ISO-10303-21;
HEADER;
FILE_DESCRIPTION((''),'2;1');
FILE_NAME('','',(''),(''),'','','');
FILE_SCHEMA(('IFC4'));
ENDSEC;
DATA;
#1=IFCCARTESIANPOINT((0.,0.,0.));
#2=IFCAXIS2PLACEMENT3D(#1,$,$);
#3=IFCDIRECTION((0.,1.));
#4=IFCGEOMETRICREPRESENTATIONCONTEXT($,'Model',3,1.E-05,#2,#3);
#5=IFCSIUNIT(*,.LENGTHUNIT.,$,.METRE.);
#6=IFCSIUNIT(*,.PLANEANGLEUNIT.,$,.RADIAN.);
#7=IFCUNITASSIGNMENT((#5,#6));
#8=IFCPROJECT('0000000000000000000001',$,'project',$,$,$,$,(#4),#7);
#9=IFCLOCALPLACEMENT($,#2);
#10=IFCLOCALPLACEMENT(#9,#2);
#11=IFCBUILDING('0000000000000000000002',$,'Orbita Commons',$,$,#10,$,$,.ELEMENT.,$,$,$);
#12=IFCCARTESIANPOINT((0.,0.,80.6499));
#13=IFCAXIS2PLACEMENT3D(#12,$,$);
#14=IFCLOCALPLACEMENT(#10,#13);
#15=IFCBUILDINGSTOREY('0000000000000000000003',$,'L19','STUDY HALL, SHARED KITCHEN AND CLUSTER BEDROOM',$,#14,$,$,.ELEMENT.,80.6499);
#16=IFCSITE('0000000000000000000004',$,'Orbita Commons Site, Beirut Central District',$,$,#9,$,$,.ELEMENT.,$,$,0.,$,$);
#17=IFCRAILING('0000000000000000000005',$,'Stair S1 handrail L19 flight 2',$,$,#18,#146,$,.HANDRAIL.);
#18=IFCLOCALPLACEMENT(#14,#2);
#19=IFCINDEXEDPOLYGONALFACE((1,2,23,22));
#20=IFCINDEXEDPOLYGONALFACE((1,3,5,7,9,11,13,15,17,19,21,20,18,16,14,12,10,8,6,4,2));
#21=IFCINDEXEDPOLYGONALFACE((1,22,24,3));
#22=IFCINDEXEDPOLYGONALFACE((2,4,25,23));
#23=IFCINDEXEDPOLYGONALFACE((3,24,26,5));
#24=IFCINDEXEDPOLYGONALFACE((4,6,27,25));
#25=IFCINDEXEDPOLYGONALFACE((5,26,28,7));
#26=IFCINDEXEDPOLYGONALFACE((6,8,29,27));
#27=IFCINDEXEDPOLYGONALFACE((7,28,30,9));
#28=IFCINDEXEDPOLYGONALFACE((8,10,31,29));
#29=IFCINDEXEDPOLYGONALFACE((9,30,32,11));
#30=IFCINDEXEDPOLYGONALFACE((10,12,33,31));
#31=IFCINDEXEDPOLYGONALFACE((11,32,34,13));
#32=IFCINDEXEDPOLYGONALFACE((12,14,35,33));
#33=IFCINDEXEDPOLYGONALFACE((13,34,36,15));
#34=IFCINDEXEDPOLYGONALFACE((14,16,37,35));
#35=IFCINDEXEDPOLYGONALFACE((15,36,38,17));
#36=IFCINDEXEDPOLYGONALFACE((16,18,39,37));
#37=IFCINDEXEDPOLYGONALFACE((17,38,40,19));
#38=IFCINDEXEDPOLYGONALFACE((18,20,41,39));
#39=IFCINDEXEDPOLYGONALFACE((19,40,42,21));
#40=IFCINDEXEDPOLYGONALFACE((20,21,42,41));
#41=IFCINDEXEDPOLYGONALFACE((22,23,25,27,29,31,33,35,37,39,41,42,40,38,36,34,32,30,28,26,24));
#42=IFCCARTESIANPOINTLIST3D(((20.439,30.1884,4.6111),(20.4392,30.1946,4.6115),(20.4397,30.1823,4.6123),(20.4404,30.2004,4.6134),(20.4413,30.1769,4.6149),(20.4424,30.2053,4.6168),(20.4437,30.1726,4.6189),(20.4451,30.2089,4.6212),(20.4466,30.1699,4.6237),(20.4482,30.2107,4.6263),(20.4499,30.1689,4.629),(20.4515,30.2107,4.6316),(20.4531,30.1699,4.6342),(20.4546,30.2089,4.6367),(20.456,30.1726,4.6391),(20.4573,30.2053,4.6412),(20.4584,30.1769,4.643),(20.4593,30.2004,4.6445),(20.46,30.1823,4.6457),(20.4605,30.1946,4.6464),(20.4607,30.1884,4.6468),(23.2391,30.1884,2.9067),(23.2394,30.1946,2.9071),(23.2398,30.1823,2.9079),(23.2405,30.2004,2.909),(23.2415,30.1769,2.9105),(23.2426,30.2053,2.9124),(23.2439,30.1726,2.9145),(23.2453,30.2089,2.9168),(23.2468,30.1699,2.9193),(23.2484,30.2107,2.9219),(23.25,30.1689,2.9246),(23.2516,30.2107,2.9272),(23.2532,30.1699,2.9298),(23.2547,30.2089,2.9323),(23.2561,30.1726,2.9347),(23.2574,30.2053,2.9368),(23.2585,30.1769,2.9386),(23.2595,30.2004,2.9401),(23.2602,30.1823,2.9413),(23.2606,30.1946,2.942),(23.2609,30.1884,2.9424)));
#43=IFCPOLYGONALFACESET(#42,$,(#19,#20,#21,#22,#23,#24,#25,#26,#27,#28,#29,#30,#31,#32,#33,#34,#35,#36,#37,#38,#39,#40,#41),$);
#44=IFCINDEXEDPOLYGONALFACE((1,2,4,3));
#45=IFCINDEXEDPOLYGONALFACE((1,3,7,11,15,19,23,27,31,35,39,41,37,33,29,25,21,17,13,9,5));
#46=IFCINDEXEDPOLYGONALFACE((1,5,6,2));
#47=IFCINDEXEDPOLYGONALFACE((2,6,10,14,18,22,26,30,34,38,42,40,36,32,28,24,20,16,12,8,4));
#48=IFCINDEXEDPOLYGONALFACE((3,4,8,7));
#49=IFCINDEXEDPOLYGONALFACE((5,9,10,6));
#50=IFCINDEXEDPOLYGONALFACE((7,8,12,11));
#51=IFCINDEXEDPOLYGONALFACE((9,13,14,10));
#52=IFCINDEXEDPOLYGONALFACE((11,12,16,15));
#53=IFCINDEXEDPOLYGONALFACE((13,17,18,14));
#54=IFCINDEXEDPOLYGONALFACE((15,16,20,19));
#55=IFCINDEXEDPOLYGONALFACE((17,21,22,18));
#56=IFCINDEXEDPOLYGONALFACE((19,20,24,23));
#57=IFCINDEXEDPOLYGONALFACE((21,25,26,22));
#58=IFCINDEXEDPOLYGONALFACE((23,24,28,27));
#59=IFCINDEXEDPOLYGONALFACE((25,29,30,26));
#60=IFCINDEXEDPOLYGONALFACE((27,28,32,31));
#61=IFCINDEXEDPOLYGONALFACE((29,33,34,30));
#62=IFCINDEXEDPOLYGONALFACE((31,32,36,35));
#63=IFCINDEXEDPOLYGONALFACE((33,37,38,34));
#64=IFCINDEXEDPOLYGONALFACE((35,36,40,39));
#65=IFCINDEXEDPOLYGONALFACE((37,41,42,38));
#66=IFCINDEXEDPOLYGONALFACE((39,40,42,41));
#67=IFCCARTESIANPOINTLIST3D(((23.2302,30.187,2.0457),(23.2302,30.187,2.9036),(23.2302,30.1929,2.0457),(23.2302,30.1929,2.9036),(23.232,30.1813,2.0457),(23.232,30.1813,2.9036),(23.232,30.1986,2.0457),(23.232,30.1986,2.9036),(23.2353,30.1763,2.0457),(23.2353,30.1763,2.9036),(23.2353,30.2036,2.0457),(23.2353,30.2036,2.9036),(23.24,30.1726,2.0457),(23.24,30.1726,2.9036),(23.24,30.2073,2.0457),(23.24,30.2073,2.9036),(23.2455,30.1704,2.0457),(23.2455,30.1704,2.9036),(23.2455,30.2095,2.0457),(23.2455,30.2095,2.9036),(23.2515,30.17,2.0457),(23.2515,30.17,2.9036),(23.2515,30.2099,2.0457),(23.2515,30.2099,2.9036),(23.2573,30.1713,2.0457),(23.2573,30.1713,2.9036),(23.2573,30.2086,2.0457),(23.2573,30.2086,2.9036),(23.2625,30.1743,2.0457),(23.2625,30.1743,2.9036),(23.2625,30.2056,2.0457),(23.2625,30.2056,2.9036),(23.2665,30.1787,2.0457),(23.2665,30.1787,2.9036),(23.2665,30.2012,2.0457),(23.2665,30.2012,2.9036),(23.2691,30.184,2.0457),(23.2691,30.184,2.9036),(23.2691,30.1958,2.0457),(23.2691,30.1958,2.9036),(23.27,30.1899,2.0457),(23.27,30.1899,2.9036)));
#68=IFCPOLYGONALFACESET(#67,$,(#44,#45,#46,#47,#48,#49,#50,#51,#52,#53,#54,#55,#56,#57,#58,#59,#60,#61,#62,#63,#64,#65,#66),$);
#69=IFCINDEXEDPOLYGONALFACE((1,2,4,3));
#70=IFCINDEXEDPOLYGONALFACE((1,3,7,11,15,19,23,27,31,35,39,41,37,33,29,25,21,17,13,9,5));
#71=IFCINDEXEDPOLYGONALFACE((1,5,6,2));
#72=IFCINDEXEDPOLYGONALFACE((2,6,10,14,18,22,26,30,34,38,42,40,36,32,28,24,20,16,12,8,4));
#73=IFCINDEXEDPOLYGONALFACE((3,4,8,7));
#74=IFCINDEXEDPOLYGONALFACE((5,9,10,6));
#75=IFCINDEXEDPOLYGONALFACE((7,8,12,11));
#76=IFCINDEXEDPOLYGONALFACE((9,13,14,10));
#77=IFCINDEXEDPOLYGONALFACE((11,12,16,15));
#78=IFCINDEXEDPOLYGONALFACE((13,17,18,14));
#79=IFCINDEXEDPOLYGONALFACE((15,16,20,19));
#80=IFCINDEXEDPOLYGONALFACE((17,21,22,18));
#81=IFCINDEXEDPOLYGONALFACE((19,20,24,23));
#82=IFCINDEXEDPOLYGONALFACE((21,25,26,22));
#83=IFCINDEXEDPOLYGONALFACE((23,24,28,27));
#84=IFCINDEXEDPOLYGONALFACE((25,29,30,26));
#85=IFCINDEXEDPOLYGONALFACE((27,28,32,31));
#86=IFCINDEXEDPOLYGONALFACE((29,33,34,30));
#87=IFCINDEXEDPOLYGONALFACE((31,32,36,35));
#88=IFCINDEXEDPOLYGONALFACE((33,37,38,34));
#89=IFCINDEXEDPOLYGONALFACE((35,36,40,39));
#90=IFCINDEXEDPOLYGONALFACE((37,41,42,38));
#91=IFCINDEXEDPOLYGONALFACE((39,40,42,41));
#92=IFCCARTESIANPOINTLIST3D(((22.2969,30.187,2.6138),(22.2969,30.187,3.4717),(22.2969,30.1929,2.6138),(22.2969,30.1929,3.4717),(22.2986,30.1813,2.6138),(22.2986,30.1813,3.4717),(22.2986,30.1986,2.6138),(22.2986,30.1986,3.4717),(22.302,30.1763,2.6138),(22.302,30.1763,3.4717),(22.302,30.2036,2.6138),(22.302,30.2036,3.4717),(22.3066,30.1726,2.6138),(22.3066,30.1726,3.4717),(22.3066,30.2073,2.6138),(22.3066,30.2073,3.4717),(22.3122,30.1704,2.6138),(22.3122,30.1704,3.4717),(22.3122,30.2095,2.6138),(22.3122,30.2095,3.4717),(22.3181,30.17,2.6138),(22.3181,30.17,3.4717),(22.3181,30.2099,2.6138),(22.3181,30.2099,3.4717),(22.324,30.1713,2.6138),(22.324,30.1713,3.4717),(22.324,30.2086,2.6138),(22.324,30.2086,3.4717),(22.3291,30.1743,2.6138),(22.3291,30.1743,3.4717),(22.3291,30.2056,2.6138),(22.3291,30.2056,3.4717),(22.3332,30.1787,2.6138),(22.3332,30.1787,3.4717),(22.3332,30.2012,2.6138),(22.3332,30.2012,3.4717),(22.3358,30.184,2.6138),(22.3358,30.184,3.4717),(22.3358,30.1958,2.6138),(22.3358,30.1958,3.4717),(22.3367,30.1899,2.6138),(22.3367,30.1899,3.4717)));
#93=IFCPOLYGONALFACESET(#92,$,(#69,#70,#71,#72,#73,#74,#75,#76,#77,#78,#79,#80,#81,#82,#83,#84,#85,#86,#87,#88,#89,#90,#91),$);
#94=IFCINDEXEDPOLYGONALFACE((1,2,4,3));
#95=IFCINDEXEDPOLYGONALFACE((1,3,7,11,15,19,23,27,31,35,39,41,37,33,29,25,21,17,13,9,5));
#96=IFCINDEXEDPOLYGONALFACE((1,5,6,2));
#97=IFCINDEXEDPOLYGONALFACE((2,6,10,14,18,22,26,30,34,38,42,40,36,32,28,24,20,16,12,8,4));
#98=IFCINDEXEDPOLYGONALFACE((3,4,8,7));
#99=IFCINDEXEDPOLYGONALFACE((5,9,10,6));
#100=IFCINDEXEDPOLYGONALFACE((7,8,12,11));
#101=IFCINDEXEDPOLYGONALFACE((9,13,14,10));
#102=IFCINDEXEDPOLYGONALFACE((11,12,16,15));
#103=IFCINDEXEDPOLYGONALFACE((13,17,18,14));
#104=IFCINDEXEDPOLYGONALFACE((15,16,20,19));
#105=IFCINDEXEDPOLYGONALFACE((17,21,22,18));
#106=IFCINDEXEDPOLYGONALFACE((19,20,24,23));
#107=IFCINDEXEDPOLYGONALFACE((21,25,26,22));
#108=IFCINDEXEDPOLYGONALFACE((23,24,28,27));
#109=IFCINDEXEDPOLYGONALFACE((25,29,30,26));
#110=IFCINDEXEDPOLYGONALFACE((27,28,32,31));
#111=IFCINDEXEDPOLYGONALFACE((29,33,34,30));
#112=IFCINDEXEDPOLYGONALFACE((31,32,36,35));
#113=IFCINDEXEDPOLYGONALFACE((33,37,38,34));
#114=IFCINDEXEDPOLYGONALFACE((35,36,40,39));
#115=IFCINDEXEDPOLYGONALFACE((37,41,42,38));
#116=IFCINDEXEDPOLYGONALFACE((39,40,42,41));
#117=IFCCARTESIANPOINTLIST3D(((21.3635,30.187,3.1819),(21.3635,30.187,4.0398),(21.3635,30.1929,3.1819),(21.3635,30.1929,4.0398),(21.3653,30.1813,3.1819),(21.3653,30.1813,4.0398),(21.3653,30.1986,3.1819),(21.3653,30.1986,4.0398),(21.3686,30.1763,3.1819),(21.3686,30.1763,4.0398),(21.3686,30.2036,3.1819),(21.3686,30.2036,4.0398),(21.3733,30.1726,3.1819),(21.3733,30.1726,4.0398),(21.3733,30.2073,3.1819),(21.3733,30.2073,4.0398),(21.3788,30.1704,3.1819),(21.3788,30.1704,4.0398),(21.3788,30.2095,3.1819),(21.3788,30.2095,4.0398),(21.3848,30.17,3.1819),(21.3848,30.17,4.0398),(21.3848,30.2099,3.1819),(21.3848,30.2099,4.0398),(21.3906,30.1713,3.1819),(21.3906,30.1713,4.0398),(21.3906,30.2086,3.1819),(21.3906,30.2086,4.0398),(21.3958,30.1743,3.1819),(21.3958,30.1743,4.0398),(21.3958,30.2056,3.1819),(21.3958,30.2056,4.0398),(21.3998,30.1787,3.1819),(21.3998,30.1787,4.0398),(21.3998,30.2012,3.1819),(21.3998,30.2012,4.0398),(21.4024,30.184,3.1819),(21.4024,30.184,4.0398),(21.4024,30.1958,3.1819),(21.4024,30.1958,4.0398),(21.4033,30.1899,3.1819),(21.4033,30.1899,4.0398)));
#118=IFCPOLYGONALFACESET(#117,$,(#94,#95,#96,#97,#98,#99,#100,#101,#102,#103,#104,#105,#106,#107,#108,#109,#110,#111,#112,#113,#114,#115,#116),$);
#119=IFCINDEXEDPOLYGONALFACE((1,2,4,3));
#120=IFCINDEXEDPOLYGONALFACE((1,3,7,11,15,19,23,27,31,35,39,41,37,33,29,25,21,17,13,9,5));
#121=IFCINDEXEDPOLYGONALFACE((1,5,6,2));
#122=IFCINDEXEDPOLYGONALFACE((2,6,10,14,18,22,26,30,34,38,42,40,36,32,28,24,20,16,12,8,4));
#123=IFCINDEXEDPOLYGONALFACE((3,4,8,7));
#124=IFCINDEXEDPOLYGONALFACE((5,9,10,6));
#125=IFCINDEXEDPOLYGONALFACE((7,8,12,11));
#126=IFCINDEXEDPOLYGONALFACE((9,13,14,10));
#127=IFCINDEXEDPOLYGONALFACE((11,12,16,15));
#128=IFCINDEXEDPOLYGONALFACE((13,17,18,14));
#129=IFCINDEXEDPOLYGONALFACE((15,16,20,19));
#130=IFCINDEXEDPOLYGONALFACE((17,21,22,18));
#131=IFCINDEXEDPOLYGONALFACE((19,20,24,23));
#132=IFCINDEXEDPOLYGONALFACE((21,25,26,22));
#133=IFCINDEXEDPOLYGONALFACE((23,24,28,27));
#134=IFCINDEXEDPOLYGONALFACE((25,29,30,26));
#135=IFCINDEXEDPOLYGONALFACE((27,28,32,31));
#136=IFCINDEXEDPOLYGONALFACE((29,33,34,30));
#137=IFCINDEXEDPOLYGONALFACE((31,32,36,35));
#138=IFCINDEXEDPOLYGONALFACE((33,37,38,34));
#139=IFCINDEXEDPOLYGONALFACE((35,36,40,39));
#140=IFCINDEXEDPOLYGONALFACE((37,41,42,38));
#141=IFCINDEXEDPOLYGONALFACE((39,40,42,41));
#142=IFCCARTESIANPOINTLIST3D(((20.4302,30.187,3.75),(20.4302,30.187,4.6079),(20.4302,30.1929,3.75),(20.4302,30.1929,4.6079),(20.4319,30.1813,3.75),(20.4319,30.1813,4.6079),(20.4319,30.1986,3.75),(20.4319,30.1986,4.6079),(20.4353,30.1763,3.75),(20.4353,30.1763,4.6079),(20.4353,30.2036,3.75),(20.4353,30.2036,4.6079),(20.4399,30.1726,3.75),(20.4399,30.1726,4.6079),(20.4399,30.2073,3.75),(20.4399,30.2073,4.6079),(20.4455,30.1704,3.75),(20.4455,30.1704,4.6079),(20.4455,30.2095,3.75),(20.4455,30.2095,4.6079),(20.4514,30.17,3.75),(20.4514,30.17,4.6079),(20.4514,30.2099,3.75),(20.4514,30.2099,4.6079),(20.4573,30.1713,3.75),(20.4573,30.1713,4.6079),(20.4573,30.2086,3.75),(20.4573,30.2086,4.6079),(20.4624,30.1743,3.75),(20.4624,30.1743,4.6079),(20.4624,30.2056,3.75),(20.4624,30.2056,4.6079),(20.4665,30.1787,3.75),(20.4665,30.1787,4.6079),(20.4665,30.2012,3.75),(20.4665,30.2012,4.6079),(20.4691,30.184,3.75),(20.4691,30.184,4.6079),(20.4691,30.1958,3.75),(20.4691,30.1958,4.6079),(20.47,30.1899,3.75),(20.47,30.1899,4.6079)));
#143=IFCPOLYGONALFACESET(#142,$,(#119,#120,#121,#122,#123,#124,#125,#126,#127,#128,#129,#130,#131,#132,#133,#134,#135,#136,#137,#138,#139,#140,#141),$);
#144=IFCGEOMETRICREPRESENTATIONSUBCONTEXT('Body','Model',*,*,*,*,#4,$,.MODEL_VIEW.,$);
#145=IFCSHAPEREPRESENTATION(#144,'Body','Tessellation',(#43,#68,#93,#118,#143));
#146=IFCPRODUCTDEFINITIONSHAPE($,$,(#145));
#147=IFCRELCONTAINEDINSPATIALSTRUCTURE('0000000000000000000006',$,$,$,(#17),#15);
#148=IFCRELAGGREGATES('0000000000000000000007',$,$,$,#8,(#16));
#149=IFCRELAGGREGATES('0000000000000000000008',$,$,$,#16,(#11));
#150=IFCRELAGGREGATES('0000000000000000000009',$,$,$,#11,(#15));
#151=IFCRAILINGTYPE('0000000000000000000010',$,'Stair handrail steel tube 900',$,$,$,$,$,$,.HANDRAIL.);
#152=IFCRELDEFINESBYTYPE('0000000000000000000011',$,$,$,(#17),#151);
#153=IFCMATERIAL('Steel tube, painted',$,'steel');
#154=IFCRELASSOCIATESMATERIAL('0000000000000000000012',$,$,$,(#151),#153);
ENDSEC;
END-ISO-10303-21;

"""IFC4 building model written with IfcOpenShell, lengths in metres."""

from ifc_helpers import new_model, si_unit, direction, frame, origin, origin_2d, place, context, subcontext, project, spatial, circle, extrude, material, type_object, element, save


model = new_model("IFC4")

# Units and contexts
model_context = context("Model", 3, precision=1e-05, world=origin(), true_north=direction((0.0, 1.0)))
body_context = subcontext(model_context, "Body", "Model", "MODEL_VIEW")
ifc_project = project(units=[si_unit("LENGTHUNIT", "METRE"), si_unit("PLANEANGLEUNIT", "RADIAN")], contexts=[model_context])

# Site, building, storey
site_placement = place(None, origin())
site = spatial("IfcSite", under=ifc_project, at=site_placement, Name="Orbita Commons Site, Beirut Central District", CompositionType="ELEMENT", RefElevation=0.0)
building_placement = place(site_placement, origin())
building = spatial("IfcBuilding", under=site, at=building_placement, Name="Orbita Commons", CompositionType="ELEMENT")
storey_placement = place(building_placement, frame((0.0, 0.0, 80.6499)))
storey = spatial("IfcBuildingStorey", under=building, at=storey_placement, Name="L19", Description="STUDY HALL, SHARED KITCHEN AND CLUSTER BEDROOM", CompositionType="ELEMENT", Elevation=80.6499)

# Railing
ifc_material_1 = material(Name="Steel tube, painted", Category="steel")
railing_type = type_object("IfcRailingType", Name="Stair handrail steel tube 900", PredefinedType="HANDRAIL", material=ifc_material_1)
railing_placement = place(storey_placement, frame((23.25, 30.1899, 2.0457)))
element("IfcRailing", 1, at=railing_placement, inside=storey, type_object=railing_type, Name="Stair S1 handrail L19 flight 2", PredefinedType="HANDRAIL", context=body_context, shape_type="SweptSolid", body=[
    extrude(circle(Radius=0.021, at=origin_2d()), frame((0.0, 0.0, 0.8789), z_axis=(-0.854203, 0.0, 0.51994), x_axis=(0.0, -1.0, 0.0)), (0.0, 0.0, 1.0), 3.2781),
    extrude(circle(Radius=0.02, at=origin_2d()), origin(), (0.0, 0.0, 1.0), 0.8579),
    extrude(circle(Radius=0.02, at=origin_2d()), frame((-0.9333, 0.0, 0.5681)), (0.0, 0.0, 1.0), 0.8579),
    extrude(circle(Radius=0.02, at=origin_2d()), frame((-1.8667, 0.0, 1.1362)), (0.0, 0.0, 1.0), 0.8579),
    extrude(circle(Radius=0.02, at=origin_2d()), frame((-2.8, 0.0, 1.7043)), (0.0, 0.0, 1.0), 0.8579),
])

save(model, "model.ifc")
